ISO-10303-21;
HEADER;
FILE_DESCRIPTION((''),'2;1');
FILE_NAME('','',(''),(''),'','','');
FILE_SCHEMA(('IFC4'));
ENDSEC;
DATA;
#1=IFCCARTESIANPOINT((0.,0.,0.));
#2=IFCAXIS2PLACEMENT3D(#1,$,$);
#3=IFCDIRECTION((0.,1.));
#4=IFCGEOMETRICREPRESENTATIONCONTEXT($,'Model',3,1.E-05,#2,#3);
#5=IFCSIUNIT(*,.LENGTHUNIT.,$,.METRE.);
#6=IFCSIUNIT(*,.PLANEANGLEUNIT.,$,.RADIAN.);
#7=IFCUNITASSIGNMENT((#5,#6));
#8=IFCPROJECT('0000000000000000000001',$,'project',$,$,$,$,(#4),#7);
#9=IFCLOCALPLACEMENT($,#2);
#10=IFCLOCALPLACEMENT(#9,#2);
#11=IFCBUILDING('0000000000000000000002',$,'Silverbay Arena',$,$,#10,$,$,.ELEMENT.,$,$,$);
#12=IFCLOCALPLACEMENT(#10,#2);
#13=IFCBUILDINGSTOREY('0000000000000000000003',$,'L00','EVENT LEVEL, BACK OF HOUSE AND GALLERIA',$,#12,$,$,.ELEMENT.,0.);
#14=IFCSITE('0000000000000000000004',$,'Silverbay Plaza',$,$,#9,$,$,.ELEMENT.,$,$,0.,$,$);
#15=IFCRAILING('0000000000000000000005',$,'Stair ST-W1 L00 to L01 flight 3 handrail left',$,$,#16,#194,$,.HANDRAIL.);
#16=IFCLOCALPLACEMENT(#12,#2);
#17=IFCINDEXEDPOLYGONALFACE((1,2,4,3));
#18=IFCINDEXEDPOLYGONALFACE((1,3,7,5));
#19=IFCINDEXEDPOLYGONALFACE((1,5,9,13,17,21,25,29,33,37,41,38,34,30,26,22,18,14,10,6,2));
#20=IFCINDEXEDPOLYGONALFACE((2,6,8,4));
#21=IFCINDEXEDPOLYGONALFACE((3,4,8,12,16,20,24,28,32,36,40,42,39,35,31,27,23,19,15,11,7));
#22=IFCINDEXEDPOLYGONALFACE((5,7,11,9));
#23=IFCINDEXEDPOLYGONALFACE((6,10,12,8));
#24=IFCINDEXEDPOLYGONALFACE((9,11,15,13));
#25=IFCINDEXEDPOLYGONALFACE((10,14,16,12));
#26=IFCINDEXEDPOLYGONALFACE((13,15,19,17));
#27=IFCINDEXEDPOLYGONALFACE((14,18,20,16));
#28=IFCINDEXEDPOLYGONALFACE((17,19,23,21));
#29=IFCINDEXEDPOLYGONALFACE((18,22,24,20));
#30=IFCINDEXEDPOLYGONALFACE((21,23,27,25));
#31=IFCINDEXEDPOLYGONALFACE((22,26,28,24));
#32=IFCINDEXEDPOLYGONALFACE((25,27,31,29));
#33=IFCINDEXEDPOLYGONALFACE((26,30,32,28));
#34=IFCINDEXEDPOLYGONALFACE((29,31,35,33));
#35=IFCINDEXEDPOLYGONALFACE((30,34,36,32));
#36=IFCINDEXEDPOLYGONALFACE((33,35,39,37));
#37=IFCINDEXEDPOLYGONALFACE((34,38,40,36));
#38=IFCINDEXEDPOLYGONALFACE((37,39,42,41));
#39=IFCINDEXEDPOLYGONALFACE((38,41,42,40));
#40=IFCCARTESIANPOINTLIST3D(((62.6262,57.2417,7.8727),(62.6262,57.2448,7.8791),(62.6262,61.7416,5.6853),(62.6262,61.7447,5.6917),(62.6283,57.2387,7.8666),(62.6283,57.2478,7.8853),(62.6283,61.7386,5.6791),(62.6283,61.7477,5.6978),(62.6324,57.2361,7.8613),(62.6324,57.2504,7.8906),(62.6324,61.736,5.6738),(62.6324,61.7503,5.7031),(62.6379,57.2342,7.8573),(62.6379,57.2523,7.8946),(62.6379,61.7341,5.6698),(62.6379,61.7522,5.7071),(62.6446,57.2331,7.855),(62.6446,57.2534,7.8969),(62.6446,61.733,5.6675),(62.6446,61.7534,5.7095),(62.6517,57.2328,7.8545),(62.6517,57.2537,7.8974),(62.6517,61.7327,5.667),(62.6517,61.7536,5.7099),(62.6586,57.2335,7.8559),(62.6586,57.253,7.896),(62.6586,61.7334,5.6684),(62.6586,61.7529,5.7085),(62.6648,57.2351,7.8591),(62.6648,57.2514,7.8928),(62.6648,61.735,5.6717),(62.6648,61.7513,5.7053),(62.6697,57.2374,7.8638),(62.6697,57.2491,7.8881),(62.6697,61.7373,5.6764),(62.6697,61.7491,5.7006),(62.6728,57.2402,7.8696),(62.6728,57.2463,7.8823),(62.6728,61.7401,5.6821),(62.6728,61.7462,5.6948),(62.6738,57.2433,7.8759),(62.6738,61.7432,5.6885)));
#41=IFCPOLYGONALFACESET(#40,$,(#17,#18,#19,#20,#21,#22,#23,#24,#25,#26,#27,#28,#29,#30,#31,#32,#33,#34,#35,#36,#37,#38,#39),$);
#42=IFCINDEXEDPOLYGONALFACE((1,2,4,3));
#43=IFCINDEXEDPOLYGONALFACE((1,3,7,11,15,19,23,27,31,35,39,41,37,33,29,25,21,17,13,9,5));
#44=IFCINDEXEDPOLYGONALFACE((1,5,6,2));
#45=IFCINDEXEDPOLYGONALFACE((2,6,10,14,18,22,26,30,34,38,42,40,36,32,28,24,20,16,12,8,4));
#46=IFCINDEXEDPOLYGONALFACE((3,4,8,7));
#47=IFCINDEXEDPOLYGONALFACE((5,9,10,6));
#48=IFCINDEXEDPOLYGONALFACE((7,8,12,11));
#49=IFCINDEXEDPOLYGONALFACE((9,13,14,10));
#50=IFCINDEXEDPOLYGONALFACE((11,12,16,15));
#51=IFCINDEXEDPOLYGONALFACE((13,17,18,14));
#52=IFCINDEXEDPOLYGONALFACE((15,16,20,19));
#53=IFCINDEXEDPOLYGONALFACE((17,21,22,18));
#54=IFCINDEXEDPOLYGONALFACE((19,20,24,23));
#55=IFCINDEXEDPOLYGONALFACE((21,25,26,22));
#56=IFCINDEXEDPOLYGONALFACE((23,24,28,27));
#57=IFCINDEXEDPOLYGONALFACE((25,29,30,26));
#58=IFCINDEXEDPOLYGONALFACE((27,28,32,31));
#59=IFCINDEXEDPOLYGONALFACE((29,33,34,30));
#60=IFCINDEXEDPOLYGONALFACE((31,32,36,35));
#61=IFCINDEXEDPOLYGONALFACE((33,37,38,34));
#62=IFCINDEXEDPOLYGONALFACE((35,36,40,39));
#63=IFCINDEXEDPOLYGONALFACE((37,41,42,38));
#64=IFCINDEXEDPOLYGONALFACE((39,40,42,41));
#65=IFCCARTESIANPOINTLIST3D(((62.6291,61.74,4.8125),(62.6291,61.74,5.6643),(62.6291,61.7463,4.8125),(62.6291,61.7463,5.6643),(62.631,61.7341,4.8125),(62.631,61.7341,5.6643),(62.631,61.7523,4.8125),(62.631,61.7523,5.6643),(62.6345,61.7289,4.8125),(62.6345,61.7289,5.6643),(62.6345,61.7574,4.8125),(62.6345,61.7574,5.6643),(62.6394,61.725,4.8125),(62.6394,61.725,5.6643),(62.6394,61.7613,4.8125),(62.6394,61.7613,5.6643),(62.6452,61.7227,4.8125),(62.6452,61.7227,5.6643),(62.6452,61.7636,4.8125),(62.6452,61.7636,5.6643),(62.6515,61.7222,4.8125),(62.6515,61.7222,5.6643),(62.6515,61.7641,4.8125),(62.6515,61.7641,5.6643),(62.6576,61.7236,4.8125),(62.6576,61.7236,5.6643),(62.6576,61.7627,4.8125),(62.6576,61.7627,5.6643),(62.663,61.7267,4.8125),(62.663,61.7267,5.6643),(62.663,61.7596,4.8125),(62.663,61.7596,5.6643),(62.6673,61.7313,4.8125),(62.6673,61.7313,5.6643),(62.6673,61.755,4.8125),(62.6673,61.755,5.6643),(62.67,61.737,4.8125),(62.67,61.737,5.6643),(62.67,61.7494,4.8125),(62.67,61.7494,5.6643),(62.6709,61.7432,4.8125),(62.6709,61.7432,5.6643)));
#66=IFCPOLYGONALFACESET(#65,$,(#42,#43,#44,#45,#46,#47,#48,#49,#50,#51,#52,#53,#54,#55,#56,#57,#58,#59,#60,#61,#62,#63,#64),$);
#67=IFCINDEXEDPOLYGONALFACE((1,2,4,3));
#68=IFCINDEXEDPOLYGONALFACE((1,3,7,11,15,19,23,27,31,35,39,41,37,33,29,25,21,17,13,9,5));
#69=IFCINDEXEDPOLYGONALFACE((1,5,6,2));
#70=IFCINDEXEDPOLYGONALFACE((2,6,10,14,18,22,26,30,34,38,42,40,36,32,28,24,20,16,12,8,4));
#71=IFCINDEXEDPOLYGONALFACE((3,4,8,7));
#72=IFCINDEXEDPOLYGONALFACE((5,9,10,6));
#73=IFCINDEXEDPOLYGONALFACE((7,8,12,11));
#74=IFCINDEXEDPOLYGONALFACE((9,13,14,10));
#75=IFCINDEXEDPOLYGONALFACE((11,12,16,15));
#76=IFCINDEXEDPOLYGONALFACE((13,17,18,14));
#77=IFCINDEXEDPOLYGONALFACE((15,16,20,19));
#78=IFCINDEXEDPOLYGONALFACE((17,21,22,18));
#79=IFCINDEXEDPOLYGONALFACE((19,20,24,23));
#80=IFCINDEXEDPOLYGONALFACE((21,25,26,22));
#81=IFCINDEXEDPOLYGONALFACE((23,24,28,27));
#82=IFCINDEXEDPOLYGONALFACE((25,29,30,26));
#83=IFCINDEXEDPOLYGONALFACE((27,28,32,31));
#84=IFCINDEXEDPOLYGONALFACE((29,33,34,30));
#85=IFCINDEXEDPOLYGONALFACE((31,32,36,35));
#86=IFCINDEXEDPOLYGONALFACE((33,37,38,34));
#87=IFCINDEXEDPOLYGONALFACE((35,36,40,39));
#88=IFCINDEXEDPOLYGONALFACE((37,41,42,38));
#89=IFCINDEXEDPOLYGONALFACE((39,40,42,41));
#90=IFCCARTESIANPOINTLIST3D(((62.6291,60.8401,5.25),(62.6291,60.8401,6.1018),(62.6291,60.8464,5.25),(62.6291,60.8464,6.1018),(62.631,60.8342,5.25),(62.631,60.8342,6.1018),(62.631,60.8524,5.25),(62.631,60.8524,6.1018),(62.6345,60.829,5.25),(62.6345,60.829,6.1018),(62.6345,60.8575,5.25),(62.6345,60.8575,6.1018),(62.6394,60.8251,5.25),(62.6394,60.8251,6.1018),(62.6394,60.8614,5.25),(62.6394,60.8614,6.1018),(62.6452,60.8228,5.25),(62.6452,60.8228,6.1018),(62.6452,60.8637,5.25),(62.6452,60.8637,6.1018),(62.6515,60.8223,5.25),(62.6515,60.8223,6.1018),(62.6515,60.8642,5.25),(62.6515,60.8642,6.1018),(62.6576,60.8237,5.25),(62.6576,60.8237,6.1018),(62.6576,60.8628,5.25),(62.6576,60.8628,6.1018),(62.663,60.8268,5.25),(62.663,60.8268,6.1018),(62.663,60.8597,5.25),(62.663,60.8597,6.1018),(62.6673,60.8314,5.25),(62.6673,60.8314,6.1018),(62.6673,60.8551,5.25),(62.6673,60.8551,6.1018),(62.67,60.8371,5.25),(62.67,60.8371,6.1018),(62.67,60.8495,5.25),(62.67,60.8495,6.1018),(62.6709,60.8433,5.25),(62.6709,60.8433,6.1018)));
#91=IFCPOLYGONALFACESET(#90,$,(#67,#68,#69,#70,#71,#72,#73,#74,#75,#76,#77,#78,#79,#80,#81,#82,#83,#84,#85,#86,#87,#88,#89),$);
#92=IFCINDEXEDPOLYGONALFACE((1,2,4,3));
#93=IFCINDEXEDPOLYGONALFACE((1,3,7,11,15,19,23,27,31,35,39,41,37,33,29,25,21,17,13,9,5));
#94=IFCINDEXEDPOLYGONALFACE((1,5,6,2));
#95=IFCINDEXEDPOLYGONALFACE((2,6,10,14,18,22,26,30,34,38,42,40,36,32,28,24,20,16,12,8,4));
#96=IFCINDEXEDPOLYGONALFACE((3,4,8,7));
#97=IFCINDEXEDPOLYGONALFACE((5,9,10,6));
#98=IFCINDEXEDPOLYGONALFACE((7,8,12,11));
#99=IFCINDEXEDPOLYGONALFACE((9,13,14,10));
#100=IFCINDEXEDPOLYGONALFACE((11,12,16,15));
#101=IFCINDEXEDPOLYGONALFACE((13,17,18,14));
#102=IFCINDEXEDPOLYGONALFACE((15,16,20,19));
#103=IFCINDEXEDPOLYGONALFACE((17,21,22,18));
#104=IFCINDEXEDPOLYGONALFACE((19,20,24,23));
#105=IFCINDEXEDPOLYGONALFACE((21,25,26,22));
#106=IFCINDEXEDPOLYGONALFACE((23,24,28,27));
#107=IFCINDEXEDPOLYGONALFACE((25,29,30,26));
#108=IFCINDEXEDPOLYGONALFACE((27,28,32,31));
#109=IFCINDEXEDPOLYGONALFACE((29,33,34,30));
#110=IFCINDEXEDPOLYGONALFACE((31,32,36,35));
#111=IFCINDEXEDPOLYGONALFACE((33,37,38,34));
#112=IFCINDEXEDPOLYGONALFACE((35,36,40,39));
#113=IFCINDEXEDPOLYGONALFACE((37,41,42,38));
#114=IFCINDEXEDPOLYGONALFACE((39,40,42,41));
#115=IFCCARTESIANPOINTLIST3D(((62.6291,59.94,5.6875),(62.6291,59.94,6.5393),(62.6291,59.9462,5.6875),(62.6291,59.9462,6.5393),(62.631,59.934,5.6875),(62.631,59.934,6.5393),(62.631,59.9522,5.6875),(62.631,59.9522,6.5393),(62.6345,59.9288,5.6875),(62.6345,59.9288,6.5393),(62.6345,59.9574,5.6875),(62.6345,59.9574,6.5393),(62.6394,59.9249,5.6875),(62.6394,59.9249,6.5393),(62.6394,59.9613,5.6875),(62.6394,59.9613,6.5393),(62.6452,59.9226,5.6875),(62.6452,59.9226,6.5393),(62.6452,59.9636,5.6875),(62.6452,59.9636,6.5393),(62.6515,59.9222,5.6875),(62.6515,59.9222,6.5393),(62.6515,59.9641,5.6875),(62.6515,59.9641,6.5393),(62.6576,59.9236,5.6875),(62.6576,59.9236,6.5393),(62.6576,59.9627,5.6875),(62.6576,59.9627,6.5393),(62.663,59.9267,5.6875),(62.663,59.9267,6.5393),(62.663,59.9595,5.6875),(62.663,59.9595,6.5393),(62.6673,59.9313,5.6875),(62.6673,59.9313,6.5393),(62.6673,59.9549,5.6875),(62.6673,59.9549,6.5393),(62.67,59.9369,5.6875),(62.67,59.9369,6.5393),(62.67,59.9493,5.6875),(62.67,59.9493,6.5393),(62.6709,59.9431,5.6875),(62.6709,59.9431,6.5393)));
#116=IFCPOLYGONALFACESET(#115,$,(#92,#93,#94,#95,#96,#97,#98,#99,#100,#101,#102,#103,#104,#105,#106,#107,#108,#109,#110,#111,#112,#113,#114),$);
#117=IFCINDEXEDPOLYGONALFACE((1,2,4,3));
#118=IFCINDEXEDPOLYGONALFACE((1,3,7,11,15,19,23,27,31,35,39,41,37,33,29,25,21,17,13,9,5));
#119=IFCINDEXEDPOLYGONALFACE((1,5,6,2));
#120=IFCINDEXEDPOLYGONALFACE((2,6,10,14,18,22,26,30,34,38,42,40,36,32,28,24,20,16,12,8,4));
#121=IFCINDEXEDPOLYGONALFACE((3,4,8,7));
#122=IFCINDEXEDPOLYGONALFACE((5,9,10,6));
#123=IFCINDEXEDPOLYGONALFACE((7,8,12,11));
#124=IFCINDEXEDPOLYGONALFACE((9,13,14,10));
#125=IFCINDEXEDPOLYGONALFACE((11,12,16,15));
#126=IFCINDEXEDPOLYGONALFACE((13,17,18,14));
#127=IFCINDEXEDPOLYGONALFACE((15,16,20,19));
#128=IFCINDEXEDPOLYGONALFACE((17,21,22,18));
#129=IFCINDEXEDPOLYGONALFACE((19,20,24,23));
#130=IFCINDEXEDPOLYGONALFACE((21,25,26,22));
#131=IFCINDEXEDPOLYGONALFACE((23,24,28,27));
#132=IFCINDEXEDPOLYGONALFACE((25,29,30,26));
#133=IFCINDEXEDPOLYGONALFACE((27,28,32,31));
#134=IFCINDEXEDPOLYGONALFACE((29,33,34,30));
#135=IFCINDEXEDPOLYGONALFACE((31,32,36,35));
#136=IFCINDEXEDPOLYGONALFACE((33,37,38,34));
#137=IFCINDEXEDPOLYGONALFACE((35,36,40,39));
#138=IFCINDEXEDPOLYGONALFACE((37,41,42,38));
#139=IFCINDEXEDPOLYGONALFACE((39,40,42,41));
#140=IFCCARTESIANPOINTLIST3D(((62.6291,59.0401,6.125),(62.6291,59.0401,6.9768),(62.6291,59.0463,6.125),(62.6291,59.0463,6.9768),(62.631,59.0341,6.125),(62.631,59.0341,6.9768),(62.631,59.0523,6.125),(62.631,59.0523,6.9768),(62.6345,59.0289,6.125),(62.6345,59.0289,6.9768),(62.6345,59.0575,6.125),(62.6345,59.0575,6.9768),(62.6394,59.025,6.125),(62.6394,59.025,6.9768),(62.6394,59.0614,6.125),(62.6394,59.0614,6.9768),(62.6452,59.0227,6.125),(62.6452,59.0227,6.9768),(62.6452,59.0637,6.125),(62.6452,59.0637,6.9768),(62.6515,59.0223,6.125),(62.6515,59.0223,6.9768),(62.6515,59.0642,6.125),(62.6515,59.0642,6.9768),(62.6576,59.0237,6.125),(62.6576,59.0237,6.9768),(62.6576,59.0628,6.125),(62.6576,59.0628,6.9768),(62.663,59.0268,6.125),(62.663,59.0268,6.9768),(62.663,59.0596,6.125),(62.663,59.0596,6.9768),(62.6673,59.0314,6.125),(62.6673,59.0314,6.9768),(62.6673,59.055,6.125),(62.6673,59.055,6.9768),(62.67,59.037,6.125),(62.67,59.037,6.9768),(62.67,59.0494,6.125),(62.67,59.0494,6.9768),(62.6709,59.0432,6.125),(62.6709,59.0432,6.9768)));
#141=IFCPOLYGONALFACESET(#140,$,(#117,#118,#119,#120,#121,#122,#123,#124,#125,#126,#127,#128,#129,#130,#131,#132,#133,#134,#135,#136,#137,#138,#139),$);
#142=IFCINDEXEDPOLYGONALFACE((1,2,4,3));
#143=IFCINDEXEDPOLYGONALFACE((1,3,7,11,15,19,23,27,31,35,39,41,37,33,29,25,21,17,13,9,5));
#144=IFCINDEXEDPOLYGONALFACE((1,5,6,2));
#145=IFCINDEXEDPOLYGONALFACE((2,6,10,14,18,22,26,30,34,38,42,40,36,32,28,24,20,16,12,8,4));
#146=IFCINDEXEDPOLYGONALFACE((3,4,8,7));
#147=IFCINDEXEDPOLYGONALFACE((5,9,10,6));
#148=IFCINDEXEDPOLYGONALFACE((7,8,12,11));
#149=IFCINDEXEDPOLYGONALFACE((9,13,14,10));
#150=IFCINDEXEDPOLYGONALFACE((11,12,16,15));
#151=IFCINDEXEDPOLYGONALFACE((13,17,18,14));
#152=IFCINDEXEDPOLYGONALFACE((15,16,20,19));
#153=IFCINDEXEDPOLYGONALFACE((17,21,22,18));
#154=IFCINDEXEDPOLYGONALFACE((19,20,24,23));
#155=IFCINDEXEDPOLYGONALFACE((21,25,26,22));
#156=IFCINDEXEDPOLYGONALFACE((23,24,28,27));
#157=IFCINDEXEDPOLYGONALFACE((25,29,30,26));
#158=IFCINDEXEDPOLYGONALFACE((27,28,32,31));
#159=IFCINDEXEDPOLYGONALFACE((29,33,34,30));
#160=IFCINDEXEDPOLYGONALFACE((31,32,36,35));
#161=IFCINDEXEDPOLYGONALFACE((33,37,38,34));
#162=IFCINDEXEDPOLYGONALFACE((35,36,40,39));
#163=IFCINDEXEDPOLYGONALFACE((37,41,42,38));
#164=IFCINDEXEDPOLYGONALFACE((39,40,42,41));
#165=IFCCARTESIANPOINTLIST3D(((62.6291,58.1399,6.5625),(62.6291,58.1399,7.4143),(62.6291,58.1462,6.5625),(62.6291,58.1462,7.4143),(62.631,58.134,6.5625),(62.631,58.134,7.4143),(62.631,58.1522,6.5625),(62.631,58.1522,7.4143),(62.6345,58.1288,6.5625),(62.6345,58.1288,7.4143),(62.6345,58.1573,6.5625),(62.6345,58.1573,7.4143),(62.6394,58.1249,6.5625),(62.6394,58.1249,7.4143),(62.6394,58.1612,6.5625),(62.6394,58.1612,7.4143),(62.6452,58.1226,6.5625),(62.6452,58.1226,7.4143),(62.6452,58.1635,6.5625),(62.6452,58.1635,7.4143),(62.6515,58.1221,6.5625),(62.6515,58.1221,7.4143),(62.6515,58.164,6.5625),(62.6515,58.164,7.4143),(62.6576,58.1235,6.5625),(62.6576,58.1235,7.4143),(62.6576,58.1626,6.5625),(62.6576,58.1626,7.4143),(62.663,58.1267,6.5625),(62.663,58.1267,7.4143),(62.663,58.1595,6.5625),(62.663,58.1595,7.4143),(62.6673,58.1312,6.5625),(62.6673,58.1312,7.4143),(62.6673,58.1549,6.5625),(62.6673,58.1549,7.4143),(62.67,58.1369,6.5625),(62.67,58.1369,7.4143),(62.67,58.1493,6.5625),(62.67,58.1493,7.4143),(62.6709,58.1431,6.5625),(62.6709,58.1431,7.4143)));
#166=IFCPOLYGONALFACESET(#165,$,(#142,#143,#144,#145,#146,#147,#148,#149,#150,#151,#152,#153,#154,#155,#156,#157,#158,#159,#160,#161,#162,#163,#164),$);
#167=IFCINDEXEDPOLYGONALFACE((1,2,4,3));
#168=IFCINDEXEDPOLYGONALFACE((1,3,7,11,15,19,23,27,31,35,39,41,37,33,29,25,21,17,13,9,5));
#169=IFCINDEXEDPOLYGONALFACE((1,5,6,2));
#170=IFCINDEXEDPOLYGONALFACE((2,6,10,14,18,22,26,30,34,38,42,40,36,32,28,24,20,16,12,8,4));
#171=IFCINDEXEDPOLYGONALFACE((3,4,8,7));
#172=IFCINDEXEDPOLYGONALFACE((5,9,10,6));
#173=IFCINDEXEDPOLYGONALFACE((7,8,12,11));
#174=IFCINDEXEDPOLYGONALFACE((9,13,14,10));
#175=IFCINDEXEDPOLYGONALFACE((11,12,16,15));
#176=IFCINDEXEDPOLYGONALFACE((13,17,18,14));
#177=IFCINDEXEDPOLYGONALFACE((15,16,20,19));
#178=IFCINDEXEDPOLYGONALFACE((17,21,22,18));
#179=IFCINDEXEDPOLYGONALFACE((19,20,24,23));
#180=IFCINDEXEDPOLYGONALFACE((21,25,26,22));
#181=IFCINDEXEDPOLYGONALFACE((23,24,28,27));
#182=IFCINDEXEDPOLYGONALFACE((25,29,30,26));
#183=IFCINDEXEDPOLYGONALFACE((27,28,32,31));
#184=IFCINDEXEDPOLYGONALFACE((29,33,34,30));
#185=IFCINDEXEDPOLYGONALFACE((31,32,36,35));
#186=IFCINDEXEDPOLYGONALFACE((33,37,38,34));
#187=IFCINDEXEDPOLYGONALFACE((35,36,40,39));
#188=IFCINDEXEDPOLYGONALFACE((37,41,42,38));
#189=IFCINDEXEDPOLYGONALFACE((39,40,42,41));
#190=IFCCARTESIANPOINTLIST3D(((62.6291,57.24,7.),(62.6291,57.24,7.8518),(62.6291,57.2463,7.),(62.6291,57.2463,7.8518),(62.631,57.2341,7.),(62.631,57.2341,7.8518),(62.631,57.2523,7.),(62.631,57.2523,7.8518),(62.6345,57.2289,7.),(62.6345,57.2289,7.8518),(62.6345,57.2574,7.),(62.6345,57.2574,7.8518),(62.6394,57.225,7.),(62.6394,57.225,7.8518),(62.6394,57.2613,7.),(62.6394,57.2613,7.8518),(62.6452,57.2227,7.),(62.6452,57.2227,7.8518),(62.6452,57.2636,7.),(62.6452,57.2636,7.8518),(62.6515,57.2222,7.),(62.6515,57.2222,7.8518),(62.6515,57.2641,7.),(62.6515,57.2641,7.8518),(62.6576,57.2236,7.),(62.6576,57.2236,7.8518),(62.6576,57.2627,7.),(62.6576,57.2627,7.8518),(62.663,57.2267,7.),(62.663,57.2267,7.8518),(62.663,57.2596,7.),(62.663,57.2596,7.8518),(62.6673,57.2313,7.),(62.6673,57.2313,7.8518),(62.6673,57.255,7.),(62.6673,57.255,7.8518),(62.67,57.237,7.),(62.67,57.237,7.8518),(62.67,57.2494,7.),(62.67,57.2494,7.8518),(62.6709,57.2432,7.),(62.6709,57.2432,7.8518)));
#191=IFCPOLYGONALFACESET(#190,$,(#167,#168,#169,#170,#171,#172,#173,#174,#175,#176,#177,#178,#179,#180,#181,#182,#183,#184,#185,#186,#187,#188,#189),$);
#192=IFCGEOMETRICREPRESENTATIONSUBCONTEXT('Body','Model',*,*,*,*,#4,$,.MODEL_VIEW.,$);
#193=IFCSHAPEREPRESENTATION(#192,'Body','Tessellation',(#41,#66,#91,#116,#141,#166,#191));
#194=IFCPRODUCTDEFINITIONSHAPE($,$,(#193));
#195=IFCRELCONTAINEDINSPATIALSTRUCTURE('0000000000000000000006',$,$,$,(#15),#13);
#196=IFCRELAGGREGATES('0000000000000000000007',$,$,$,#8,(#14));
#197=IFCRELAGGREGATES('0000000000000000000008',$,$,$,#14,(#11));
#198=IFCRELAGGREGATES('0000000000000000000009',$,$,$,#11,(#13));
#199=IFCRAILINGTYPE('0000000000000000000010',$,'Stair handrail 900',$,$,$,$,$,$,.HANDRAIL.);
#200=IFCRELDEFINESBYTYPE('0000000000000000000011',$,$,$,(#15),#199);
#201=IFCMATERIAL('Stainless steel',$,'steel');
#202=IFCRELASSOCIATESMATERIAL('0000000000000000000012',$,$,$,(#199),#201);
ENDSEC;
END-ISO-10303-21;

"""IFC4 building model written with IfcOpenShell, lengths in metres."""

from ifc_helpers import new_model, si_unit, direction, frame, origin, origin_2d, place, context, subcontext, project, spatial, circle, extrude, material, type_object, element, save


model = new_model("IFC4")

# Units and contexts
model_context = context("Model", 3, precision=1e-05, world=origin(), true_north=direction((0.0, 1.0)))
body_context = subcontext(model_context, "Body", "Model", "MODEL_VIEW")
ifc_project = project(units=[si_unit("LENGTHUNIT", "METRE"), si_unit("PLANEANGLEUNIT", "RADIAN")], contexts=[model_context])

# Site, building, storey
site_placement = place(None, origin())
site = spatial("IfcSite", under=ifc_project, at=site_placement, Name="Silverbay Plaza", CompositionType="ELEMENT", RefElevation=0.0)
building_placement = place(site_placement, origin())
building = spatial("IfcBuilding", under=site, at=building_placement, Name="Silverbay Arena", CompositionType="ELEMENT")
storey_placement = place(building_placement, origin())
storey = spatial("IfcBuildingStorey", under=building, at=storey_placement, Name="L00", Description="EVENT LEVEL, BACK OF HOUSE AND GALLERIA", CompositionType="ELEMENT", Elevation=0.0)

# Railing
ifc_material_1 = material(Name="Stainless steel", Category="steel")
railing_type_1 = type_object("IfcRailingType", Name="Stair handrail 900", PredefinedType="HANDRAIL", material=ifc_material_1)
for number, where, name in (
    (1, (62.6499, 61.7432, 4.8125), "Stair ST-W1 L00 to L01 flight 3 handrail left"),
):
    element("IfcRailing", number, at=place(storey_placement, frame(where)), inside=storey, type_object=railing_type_1, Name=name, PredefinedType="HANDRAIL", context=body_context, shape_type="SweptSolid", body=[
        extrude(circle(Radius=0.0239, at=origin_2d()), frame((0.0, 0.0, 0.876), z_axis=(0.0, -0.899368, 0.437193), x_axis=(1.0, 0.0, 0.0)), (0.0, 0.0, 1.0), 5.0034),
        extrude(circle(Radius=0.021, at=origin_2d()), origin(), (0.0, 0.0, 1.0), 0.8518),
        extrude(circle(Radius=0.021, at=origin_2d()), frame((0.0, -0.8999, 0.4375)), (0.0, 0.0, 1.0), 0.8518),
        extrude(circle(Radius=0.021, at=origin_2d()), frame((0.0, -1.8, 0.875)), (0.0, 0.0, 1.0), 0.8518),
        extrude(circle(Radius=0.021, at=origin_2d()), frame((0.0, -2.7, 1.3125)), (0.0, 0.0, 1.0), 0.8518),
        extrude(circle(Radius=0.021, at=origin_2d()), frame((0.0, -3.6001, 1.75)), (0.0, 0.0, 1.0), 0.8518),
        extrude(circle(Radius=0.021, at=origin_2d()), frame((0.0, -4.5, 2.1875)), (0.0, 0.0, 1.0), 0.8518),
    ])

save(model, "model.ifc")
